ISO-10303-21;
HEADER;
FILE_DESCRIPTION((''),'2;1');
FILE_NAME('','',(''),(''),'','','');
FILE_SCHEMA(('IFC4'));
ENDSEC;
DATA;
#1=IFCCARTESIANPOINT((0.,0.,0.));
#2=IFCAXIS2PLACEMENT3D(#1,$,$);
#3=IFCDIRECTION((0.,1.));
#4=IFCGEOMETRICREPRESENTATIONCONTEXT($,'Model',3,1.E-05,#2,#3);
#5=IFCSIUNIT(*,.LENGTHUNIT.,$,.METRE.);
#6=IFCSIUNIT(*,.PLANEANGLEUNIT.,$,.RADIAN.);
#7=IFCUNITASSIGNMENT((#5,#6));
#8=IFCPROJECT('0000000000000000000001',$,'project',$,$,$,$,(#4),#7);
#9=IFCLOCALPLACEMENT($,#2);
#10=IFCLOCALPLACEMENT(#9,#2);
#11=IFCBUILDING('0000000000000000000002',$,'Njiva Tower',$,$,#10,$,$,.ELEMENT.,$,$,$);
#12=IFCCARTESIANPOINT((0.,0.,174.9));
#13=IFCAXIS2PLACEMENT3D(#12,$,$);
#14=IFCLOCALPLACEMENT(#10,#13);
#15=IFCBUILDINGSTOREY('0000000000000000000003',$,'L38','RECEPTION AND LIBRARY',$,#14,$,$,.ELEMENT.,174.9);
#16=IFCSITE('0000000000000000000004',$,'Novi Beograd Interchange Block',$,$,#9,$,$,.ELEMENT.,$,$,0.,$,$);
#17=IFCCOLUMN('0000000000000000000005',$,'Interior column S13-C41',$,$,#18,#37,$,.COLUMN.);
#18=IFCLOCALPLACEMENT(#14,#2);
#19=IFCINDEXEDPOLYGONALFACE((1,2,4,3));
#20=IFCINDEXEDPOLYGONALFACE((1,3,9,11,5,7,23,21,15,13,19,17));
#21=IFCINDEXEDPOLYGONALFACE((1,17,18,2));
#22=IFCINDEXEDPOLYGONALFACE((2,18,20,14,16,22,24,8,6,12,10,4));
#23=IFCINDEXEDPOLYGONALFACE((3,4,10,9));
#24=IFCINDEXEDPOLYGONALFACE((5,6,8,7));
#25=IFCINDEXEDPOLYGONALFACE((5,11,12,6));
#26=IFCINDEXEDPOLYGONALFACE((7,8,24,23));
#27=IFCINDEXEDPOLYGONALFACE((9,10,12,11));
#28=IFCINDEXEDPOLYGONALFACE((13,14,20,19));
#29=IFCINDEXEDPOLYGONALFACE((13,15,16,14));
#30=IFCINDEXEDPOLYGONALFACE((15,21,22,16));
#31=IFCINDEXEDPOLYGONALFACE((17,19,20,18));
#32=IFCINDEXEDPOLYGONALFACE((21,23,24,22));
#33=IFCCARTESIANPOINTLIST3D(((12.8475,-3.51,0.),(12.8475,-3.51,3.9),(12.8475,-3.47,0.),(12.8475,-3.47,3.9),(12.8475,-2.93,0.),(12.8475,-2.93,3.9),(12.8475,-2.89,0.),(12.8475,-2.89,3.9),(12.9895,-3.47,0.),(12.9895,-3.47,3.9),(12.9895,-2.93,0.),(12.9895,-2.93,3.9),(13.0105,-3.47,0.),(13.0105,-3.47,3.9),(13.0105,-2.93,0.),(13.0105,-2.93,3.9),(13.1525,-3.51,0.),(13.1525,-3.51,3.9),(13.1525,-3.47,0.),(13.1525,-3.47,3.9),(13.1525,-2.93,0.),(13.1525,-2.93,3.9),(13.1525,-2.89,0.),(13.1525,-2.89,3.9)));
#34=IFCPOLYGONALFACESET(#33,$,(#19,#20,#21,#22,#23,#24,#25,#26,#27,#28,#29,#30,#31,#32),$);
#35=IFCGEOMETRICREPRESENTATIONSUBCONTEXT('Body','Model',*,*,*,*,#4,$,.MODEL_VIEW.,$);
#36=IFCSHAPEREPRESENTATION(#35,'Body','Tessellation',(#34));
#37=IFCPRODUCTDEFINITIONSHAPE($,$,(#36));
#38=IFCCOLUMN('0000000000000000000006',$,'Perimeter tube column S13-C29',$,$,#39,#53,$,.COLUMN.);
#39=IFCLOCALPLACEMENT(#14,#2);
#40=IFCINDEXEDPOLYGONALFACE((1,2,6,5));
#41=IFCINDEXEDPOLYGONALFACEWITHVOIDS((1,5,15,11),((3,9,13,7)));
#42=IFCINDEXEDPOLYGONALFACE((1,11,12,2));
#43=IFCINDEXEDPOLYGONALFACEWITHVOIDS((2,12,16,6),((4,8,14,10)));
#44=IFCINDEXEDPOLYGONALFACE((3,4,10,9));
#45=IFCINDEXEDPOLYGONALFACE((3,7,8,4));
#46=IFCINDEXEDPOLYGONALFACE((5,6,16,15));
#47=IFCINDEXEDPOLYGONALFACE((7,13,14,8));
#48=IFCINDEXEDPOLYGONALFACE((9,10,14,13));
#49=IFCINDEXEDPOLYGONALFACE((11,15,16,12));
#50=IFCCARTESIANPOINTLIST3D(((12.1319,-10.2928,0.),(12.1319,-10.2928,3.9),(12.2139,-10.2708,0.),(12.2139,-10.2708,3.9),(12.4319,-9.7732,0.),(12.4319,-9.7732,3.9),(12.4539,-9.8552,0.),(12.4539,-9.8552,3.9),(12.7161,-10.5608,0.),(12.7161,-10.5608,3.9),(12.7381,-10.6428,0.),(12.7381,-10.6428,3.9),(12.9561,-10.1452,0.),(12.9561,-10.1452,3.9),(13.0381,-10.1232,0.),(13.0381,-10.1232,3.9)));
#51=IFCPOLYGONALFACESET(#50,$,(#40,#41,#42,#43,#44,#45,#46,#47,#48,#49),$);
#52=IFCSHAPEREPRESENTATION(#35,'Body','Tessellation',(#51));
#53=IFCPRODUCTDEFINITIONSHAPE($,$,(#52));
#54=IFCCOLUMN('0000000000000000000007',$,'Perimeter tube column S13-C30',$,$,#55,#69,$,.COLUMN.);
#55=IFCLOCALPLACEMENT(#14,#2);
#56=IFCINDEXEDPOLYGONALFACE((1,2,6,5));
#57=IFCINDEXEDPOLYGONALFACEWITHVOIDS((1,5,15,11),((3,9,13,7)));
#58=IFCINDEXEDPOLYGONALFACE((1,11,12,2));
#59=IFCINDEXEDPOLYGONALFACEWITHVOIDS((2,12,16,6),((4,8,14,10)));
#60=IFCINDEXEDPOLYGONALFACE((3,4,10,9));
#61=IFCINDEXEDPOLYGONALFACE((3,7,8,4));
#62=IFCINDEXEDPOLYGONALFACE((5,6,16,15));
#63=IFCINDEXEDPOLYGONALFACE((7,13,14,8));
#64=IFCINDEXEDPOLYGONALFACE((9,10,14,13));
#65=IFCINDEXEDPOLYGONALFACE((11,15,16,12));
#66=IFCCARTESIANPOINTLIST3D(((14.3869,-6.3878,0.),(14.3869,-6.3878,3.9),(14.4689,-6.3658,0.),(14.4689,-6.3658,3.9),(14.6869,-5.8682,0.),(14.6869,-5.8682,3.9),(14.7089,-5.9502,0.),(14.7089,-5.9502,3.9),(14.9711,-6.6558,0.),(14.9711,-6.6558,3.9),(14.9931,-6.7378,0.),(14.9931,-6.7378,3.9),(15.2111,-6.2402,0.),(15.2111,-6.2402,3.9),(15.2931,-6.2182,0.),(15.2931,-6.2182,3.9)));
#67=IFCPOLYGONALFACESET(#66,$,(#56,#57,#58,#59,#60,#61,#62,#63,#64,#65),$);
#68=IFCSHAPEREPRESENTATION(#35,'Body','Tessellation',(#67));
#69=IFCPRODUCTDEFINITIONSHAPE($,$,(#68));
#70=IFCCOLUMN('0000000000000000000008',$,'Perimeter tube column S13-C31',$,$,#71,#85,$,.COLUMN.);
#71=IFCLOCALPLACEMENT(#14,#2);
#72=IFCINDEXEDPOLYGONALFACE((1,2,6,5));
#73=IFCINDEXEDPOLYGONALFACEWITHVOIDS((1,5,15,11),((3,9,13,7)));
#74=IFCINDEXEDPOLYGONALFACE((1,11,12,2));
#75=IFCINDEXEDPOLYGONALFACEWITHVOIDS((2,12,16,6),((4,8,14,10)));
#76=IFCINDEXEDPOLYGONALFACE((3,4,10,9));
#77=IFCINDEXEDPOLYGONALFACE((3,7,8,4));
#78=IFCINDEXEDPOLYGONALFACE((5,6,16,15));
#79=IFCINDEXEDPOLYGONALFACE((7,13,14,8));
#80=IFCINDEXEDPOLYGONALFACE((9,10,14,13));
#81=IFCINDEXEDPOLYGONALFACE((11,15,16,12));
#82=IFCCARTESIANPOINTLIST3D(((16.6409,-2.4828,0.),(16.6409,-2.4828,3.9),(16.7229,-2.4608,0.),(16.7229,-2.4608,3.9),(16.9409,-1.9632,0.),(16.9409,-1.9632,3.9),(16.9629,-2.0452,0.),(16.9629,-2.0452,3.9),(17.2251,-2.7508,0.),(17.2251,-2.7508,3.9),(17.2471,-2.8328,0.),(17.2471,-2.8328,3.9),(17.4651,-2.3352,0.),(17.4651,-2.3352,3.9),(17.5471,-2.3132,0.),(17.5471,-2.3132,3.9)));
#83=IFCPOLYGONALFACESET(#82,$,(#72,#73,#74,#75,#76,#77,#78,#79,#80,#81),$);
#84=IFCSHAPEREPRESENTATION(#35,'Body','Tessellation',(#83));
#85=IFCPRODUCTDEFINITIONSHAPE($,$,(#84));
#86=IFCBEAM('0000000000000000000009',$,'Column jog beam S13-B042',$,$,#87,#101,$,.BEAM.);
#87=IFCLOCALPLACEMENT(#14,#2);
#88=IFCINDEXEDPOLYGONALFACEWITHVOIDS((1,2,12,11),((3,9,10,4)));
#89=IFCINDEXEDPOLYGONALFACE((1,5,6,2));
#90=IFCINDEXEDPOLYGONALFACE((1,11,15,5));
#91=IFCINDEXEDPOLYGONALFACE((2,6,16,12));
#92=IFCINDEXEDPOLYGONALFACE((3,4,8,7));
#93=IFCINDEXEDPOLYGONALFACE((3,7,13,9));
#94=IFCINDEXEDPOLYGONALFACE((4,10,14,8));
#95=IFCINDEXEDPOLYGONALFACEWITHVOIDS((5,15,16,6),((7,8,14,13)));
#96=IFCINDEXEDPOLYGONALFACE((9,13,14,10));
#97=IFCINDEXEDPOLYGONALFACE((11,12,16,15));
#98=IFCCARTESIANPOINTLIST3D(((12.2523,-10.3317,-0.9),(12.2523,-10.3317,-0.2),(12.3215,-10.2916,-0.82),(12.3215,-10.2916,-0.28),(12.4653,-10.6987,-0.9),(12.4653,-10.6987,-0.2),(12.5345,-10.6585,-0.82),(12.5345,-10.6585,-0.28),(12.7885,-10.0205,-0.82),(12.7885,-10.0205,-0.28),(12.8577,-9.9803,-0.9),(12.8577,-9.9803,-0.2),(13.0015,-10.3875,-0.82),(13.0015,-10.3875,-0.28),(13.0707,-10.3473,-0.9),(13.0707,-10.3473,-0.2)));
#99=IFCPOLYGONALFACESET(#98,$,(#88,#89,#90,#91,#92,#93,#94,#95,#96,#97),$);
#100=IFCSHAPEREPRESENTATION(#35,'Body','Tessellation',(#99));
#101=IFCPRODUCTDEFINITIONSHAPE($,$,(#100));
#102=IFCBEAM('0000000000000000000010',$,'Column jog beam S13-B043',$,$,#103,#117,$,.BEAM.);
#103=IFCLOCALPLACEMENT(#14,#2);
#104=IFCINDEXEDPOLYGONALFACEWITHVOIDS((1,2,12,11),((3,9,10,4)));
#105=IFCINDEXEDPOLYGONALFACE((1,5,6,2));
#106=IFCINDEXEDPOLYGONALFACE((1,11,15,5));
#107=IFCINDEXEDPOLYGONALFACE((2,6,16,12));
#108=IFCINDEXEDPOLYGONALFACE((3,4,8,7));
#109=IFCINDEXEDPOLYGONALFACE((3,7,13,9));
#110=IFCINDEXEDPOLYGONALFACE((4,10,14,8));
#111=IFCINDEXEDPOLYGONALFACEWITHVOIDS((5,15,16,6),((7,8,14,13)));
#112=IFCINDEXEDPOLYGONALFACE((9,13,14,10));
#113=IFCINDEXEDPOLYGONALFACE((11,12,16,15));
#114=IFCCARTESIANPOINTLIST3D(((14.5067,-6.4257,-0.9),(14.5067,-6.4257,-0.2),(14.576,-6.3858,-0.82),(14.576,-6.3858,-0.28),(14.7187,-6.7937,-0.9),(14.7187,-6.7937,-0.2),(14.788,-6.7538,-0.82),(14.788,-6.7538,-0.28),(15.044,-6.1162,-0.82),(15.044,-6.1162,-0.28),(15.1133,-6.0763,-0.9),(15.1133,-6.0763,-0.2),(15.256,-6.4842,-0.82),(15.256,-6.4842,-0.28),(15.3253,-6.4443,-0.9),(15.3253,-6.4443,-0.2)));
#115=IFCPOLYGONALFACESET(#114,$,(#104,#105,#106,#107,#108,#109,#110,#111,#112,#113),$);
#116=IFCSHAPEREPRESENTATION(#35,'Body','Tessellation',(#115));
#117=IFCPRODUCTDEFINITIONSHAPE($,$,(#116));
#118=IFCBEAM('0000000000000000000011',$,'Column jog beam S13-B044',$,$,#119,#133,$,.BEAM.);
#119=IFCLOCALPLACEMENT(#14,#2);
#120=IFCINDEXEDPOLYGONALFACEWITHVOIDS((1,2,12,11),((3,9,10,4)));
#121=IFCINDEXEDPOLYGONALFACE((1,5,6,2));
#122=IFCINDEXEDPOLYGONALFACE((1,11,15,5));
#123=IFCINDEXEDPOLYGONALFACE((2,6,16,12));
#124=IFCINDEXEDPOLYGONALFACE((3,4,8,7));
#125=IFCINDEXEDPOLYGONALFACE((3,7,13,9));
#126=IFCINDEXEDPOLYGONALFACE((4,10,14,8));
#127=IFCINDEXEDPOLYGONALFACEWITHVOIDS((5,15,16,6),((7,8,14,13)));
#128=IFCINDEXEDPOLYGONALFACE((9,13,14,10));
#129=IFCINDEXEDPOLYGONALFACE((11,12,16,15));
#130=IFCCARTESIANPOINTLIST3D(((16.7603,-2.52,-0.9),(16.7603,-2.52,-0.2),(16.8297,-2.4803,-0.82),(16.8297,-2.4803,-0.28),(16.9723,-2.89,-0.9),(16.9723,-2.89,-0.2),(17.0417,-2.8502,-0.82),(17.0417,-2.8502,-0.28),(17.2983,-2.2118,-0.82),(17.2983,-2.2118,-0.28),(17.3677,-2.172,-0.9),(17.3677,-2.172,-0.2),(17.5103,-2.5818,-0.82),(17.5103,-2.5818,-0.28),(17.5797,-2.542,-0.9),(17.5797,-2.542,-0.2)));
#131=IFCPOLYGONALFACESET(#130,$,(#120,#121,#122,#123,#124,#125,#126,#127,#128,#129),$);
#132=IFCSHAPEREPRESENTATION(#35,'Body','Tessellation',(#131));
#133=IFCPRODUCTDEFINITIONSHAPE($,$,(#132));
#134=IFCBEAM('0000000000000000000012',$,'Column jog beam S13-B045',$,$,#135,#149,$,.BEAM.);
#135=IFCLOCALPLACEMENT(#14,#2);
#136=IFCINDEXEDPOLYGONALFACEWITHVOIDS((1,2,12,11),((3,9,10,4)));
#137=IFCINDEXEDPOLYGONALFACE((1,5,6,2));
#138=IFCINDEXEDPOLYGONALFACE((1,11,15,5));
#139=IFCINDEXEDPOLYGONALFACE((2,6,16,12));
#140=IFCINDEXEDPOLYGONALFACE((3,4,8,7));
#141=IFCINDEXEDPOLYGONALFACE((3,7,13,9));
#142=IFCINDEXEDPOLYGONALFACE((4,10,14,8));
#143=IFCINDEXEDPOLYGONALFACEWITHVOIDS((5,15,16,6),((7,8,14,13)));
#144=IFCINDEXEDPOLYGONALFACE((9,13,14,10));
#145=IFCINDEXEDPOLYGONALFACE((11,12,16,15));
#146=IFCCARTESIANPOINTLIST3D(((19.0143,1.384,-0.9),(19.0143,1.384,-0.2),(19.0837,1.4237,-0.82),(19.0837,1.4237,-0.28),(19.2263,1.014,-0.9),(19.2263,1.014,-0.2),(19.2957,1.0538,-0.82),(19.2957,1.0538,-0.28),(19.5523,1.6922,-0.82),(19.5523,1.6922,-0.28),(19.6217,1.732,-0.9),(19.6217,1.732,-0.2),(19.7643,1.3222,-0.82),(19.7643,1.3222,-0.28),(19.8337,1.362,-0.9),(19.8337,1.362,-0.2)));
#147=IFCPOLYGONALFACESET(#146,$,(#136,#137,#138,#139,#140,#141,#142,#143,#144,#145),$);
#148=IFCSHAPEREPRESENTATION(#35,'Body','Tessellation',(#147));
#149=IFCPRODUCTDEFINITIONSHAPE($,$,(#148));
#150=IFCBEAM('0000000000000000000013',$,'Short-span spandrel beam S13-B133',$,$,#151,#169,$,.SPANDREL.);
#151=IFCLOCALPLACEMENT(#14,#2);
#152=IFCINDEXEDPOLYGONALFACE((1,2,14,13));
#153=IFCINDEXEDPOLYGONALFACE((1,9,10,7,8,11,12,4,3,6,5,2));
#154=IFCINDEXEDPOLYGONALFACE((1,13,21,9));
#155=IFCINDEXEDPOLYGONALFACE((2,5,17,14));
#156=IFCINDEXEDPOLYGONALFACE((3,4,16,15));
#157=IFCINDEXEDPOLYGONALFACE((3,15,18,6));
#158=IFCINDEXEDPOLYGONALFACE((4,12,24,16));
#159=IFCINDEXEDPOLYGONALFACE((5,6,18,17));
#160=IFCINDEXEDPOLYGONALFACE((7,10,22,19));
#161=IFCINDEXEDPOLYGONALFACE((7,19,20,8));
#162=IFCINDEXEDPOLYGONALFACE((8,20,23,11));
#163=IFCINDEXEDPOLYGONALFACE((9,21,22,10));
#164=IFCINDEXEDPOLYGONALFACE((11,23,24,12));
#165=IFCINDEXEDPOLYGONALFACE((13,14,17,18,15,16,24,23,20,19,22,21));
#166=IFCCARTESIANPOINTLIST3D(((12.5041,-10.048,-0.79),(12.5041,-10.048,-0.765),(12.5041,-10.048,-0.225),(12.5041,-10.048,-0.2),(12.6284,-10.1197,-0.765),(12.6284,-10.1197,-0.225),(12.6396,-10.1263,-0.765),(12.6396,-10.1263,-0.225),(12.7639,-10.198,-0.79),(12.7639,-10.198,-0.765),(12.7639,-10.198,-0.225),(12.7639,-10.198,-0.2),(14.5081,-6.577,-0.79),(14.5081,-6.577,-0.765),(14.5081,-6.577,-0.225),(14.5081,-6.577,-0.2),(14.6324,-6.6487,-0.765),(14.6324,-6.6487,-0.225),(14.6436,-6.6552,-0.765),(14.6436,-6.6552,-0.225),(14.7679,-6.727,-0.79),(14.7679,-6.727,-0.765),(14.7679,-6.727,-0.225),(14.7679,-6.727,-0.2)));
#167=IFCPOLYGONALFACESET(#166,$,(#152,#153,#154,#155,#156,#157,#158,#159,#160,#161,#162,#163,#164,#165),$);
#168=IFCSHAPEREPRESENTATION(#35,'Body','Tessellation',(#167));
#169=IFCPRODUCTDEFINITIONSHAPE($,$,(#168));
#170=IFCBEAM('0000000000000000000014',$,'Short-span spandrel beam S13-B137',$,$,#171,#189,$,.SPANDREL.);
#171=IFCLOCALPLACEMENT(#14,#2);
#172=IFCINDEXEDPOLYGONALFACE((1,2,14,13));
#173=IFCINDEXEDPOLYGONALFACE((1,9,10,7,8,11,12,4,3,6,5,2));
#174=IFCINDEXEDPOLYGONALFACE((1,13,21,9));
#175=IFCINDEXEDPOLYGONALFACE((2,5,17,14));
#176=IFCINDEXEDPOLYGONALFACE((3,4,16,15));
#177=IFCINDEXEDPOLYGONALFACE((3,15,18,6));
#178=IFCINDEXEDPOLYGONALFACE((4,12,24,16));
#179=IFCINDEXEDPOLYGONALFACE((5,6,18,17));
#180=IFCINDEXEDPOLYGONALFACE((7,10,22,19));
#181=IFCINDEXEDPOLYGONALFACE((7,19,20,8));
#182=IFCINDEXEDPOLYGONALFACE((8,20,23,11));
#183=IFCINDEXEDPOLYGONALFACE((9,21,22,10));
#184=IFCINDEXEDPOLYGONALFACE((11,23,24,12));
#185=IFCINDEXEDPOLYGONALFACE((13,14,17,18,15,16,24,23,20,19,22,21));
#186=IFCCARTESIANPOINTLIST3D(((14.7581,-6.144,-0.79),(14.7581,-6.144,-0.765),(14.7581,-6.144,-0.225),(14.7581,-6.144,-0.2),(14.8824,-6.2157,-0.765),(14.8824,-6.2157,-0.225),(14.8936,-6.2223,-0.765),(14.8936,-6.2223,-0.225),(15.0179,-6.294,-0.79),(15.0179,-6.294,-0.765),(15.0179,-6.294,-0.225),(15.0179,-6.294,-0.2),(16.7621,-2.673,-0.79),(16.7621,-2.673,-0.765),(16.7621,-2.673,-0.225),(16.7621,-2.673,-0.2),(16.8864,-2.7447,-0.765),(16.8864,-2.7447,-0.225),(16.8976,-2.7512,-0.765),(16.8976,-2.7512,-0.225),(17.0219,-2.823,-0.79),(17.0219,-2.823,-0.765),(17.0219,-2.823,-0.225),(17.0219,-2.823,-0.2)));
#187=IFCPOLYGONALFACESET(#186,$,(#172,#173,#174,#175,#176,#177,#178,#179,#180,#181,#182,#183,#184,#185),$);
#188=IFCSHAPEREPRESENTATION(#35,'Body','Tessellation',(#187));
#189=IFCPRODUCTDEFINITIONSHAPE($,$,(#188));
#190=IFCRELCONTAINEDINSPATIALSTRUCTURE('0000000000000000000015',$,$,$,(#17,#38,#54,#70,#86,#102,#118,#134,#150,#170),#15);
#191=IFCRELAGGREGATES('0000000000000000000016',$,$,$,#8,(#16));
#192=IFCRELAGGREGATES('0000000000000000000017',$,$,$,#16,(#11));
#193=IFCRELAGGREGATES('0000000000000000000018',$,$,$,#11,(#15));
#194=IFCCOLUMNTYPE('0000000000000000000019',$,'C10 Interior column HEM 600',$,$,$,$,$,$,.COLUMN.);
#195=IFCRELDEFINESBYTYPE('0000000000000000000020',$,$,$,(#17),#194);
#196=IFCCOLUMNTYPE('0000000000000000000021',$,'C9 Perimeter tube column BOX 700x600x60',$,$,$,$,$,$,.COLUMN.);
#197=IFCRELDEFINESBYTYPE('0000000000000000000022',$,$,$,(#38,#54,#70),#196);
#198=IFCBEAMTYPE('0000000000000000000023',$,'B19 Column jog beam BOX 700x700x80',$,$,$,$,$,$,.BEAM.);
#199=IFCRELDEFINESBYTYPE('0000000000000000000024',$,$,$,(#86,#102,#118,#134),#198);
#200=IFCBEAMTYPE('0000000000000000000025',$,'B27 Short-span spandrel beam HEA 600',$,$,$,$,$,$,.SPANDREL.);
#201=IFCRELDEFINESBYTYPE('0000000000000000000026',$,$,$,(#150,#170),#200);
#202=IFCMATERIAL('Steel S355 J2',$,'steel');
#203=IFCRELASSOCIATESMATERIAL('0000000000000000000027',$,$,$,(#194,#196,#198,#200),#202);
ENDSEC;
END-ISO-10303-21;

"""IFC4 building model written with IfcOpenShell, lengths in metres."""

from ifc_helpers import new_model, si_unit, direction, frame, origin, origin_2d, place, context, subcontext, project, spatial, hollow_rectangle, i_section, extrude, material, material_profile, profile_set, type_object, element, save


model = new_model("IFC4")

# Units and contexts
model_context = context("Model", 3, precision=1e-05, world=origin(), true_north=direction((0.0, 1.0)))
body_context = subcontext(model_context, "Body", "Model", "MODEL_VIEW")
ifc_project = project(units=[si_unit("LENGTHUNIT", "METRE"), si_unit("PLANEANGLEUNIT", "RADIAN")], contexts=[model_context])

# Site, building, storey
site_placement = place(None, origin())
site = spatial("IfcSite", under=ifc_project, at=site_placement, Name="Novi Beograd Interchange Block", CompositionType="ELEMENT", RefElevation=0.0)
building_placement = place(site_placement, origin())
building = spatial("IfcBuilding", under=site, at=building_placement, Name="Njiva Tower", CompositionType="ELEMENT")
storey_placement = place(building_placement, frame((0.0, 0.0, 174.9)))
storey = spatial("IfcBuildingStorey", under=building, at=storey_placement, Name="L38", Description="RECEPTION AND LIBRARY", CompositionType="ELEMENT", Elevation=174.9)

# Columns
ifc_material_1 = material(Name="Steel S355 J2", Category="steel")
ifc_material_profile_1 = material_profile(ifc_material_1, i_section(OverallWidth=0.305, OverallDepth=0.62, WebThickness=0.021, FlangeThickness=0.04, at=origin_2d()), Name="HEM 600")
ifc_profile_set_1 = profile_set([ifc_material_profile_1], Name="Steel S355 J2")
column_type_1 = type_object("IfcColumnType", Name="C10 Interior column HEM 600", PredefinedType="COLUMN", material=ifc_profile_set_1)
column_placement = place(storey_placement, frame((13.0, -3.2, 0.0), z_axis=(0.0, 0.0, 1.0), x_axis=(1.0, 0.0, 0.0)))
element("IfcColumn", 1, at=column_placement, inside=storey, type_object=column_type_1, Name="Interior column S13-C41", PredefinedType="COLUMN", context=body_context, shape_type="SweptSolid", body=[
    extrude(i_section(OverallWidth=0.305, OverallDepth=0.62, WebThickness=0.021, FlangeThickness=0.04, at=origin_2d()), origin(), (0.0, 0.0, 1.0), 3.9),
])
ifc_material_profile_2 = material_profile(ifc_material_1, hollow_rectangle(XDim=0.6, YDim=0.7, WallThickness=0.06, at=origin_2d()), Name="BOX 700x600x60")
ifc_profile_set_2 = profile_set([ifc_material_profile_2], Name="Steel S355 J2")
column_type_2 = type_object("IfcColumnType", Name="C9 Perimeter tube column BOX 700x600x60", PredefinedType="COLUMN", material=ifc_profile_set_2)
for number, where, z_axis, x_axis, name in (
    (2, (12.585, -10.208, 0.0), (0.0, 0.0, 1.0), (0.5, 0.866025, 0.0), "Perimeter tube column S13-C29"),
    (3, (14.84, -6.303, 0.0), (0.0, 0.0, 1.0), (0.5, 0.866025, 0.0), "Perimeter tube column S13-C30"),
    (4, (17.094, -2.398, 0.0), (0.0, 0.0, 1.0), (0.5, 0.866025, 0.0), "Perimeter tube column S13-C31"),
):
    element("IfcColumn", number, at=place(storey_placement, frame(where, z_axis=z_axis, x_axis=x_axis)), inside=storey, type_object=column_type_2, Name=name, PredefinedType="COLUMN", context=body_context, shape_type="SweptSolid", body=[
        extrude(hollow_rectangle(XDim=0.6, YDim=0.7, WallThickness=0.06, at=origin_2d()), origin(), (0.0, 0.0, 1.0), 3.9),
    ])

# Beams
ifc_material_profile_3 = material_profile(ifc_material_1, hollow_rectangle(XDim=0.7, YDim=0.7, WallThickness=0.08, at=origin_2d()), Name="BOX 700x700x80")
ifc_profile_set_3 = profile_set([ifc_material_profile_3], Name="Steel S355 J2")
beam_type_1 = type_object("IfcBeamType", Name="B19 Column jog beam BOX 700x700x80", PredefinedType="BEAM", material=ifc_profile_set_3)
beam_1_placement = place(storey_placement, frame((12.768, -10.523, -0.55), z_axis=(-0.501965, 0.864888, 0.0), x_axis=(-0.864888, -0.501965, 0.0)))
element("IfcBeam", 5, at=beam_1_placement, inside=storey, type_object=beam_type_1, Name="Column jog beam S13-B042", PredefinedType="BEAM", context=body_context, shape_type="SweptSolid", body=[
    extrude(hollow_rectangle(XDim=0.7, YDim=0.7, WallThickness=0.08, at=origin_2d()), origin(), (0.0, 0.0, 1.0), 0.4243),
])
beam_2_placement = place(storey_placement, frame((15.022, -6.619, -0.55), z_axis=(-0.499179, 0.866499, 0.0), x_axis=(-0.866499, -0.499179, 0.0)))
element("IfcBeam", 6, at=beam_2_placement, inside=storey, type_object=beam_type_1, Name="Column jog beam S13-B043", PredefinedType="BEAM", context=body_context, shape_type="SweptSolid", body=[
    extrude(hollow_rectangle(XDim=0.7, YDim=0.7, WallThickness=0.08, at=origin_2d()), origin(), (0.0, 0.0, 1.0), 0.4247),
])
for number, where, z_axis, x_axis, name in (
    (7, (17.276, -2.716, -0.55), (-0.497149, 0.867665, 0.0), (-0.867665, -0.497149, 0.0), "Column jog beam S13-B044"),
    (8, (19.53, 1.188, -0.55), (-0.497149, 0.867665, 0.0), (-0.867665, -0.497149, 0.0), "Column jog beam S13-B045"),
):
    element("IfcBeam", number, at=place(storey_placement, frame(where, z_axis=z_axis, x_axis=x_axis)), inside=storey, type_object=beam_type_1, Name=name, PredefinedType="BEAM", context=body_context, shape_type="SweptSolid", body=[
        extrude(hollow_rectangle(XDim=0.7, YDim=0.7, WallThickness=0.08, at=origin_2d()), origin(), (0.0, 0.0, 1.0), 0.4264),
    ])
ifc_material_profile_4 = material_profile(ifc_material_1, i_section(OverallWidth=0.3, OverallDepth=0.59, WebThickness=0.013, FlangeThickness=0.025, at=origin_2d()), Name="HEA 600")
ifc_profile_set_4 = profile_set([ifc_material_profile_4], Name="Steel S355 J2")
beam_type_2 = type_object("IfcBeamType", Name="B27 Short-span spandrel beam HEA 600", PredefinedType="SPANDREL", material=ifc_profile_set_4)
for number, where, z_axis, x_axis, name in (
    (9, (12.634, -10.123, -0.495), (0.500003, 0.866024, 0.0), (-0.866024, 0.500003, 0.0), "Short-span spandrel beam S13-B133"),
    (10, (14.888, -6.219, -0.495), (0.500003, 0.866024, 0.0), (-0.866024, 0.500003, 0.0), "Short-span spandrel beam S13-B137"),
):
    element("IfcBeam", number, at=place(storey_placement, frame(where, z_axis=z_axis, x_axis=x_axis)), inside=storey, type_object=beam_type_2, Name=name, PredefinedType="SPANDREL", context=body_context, shape_type="SweptSolid", body=[
        extrude(i_section(OverallWidth=0.3, OverallDepth=0.59, WebThickness=0.013, FlangeThickness=0.025, at=origin_2d()), origin(), (0.0, 0.0, 1.0), 4.008),
    ])

save(model, "model.ifc")
